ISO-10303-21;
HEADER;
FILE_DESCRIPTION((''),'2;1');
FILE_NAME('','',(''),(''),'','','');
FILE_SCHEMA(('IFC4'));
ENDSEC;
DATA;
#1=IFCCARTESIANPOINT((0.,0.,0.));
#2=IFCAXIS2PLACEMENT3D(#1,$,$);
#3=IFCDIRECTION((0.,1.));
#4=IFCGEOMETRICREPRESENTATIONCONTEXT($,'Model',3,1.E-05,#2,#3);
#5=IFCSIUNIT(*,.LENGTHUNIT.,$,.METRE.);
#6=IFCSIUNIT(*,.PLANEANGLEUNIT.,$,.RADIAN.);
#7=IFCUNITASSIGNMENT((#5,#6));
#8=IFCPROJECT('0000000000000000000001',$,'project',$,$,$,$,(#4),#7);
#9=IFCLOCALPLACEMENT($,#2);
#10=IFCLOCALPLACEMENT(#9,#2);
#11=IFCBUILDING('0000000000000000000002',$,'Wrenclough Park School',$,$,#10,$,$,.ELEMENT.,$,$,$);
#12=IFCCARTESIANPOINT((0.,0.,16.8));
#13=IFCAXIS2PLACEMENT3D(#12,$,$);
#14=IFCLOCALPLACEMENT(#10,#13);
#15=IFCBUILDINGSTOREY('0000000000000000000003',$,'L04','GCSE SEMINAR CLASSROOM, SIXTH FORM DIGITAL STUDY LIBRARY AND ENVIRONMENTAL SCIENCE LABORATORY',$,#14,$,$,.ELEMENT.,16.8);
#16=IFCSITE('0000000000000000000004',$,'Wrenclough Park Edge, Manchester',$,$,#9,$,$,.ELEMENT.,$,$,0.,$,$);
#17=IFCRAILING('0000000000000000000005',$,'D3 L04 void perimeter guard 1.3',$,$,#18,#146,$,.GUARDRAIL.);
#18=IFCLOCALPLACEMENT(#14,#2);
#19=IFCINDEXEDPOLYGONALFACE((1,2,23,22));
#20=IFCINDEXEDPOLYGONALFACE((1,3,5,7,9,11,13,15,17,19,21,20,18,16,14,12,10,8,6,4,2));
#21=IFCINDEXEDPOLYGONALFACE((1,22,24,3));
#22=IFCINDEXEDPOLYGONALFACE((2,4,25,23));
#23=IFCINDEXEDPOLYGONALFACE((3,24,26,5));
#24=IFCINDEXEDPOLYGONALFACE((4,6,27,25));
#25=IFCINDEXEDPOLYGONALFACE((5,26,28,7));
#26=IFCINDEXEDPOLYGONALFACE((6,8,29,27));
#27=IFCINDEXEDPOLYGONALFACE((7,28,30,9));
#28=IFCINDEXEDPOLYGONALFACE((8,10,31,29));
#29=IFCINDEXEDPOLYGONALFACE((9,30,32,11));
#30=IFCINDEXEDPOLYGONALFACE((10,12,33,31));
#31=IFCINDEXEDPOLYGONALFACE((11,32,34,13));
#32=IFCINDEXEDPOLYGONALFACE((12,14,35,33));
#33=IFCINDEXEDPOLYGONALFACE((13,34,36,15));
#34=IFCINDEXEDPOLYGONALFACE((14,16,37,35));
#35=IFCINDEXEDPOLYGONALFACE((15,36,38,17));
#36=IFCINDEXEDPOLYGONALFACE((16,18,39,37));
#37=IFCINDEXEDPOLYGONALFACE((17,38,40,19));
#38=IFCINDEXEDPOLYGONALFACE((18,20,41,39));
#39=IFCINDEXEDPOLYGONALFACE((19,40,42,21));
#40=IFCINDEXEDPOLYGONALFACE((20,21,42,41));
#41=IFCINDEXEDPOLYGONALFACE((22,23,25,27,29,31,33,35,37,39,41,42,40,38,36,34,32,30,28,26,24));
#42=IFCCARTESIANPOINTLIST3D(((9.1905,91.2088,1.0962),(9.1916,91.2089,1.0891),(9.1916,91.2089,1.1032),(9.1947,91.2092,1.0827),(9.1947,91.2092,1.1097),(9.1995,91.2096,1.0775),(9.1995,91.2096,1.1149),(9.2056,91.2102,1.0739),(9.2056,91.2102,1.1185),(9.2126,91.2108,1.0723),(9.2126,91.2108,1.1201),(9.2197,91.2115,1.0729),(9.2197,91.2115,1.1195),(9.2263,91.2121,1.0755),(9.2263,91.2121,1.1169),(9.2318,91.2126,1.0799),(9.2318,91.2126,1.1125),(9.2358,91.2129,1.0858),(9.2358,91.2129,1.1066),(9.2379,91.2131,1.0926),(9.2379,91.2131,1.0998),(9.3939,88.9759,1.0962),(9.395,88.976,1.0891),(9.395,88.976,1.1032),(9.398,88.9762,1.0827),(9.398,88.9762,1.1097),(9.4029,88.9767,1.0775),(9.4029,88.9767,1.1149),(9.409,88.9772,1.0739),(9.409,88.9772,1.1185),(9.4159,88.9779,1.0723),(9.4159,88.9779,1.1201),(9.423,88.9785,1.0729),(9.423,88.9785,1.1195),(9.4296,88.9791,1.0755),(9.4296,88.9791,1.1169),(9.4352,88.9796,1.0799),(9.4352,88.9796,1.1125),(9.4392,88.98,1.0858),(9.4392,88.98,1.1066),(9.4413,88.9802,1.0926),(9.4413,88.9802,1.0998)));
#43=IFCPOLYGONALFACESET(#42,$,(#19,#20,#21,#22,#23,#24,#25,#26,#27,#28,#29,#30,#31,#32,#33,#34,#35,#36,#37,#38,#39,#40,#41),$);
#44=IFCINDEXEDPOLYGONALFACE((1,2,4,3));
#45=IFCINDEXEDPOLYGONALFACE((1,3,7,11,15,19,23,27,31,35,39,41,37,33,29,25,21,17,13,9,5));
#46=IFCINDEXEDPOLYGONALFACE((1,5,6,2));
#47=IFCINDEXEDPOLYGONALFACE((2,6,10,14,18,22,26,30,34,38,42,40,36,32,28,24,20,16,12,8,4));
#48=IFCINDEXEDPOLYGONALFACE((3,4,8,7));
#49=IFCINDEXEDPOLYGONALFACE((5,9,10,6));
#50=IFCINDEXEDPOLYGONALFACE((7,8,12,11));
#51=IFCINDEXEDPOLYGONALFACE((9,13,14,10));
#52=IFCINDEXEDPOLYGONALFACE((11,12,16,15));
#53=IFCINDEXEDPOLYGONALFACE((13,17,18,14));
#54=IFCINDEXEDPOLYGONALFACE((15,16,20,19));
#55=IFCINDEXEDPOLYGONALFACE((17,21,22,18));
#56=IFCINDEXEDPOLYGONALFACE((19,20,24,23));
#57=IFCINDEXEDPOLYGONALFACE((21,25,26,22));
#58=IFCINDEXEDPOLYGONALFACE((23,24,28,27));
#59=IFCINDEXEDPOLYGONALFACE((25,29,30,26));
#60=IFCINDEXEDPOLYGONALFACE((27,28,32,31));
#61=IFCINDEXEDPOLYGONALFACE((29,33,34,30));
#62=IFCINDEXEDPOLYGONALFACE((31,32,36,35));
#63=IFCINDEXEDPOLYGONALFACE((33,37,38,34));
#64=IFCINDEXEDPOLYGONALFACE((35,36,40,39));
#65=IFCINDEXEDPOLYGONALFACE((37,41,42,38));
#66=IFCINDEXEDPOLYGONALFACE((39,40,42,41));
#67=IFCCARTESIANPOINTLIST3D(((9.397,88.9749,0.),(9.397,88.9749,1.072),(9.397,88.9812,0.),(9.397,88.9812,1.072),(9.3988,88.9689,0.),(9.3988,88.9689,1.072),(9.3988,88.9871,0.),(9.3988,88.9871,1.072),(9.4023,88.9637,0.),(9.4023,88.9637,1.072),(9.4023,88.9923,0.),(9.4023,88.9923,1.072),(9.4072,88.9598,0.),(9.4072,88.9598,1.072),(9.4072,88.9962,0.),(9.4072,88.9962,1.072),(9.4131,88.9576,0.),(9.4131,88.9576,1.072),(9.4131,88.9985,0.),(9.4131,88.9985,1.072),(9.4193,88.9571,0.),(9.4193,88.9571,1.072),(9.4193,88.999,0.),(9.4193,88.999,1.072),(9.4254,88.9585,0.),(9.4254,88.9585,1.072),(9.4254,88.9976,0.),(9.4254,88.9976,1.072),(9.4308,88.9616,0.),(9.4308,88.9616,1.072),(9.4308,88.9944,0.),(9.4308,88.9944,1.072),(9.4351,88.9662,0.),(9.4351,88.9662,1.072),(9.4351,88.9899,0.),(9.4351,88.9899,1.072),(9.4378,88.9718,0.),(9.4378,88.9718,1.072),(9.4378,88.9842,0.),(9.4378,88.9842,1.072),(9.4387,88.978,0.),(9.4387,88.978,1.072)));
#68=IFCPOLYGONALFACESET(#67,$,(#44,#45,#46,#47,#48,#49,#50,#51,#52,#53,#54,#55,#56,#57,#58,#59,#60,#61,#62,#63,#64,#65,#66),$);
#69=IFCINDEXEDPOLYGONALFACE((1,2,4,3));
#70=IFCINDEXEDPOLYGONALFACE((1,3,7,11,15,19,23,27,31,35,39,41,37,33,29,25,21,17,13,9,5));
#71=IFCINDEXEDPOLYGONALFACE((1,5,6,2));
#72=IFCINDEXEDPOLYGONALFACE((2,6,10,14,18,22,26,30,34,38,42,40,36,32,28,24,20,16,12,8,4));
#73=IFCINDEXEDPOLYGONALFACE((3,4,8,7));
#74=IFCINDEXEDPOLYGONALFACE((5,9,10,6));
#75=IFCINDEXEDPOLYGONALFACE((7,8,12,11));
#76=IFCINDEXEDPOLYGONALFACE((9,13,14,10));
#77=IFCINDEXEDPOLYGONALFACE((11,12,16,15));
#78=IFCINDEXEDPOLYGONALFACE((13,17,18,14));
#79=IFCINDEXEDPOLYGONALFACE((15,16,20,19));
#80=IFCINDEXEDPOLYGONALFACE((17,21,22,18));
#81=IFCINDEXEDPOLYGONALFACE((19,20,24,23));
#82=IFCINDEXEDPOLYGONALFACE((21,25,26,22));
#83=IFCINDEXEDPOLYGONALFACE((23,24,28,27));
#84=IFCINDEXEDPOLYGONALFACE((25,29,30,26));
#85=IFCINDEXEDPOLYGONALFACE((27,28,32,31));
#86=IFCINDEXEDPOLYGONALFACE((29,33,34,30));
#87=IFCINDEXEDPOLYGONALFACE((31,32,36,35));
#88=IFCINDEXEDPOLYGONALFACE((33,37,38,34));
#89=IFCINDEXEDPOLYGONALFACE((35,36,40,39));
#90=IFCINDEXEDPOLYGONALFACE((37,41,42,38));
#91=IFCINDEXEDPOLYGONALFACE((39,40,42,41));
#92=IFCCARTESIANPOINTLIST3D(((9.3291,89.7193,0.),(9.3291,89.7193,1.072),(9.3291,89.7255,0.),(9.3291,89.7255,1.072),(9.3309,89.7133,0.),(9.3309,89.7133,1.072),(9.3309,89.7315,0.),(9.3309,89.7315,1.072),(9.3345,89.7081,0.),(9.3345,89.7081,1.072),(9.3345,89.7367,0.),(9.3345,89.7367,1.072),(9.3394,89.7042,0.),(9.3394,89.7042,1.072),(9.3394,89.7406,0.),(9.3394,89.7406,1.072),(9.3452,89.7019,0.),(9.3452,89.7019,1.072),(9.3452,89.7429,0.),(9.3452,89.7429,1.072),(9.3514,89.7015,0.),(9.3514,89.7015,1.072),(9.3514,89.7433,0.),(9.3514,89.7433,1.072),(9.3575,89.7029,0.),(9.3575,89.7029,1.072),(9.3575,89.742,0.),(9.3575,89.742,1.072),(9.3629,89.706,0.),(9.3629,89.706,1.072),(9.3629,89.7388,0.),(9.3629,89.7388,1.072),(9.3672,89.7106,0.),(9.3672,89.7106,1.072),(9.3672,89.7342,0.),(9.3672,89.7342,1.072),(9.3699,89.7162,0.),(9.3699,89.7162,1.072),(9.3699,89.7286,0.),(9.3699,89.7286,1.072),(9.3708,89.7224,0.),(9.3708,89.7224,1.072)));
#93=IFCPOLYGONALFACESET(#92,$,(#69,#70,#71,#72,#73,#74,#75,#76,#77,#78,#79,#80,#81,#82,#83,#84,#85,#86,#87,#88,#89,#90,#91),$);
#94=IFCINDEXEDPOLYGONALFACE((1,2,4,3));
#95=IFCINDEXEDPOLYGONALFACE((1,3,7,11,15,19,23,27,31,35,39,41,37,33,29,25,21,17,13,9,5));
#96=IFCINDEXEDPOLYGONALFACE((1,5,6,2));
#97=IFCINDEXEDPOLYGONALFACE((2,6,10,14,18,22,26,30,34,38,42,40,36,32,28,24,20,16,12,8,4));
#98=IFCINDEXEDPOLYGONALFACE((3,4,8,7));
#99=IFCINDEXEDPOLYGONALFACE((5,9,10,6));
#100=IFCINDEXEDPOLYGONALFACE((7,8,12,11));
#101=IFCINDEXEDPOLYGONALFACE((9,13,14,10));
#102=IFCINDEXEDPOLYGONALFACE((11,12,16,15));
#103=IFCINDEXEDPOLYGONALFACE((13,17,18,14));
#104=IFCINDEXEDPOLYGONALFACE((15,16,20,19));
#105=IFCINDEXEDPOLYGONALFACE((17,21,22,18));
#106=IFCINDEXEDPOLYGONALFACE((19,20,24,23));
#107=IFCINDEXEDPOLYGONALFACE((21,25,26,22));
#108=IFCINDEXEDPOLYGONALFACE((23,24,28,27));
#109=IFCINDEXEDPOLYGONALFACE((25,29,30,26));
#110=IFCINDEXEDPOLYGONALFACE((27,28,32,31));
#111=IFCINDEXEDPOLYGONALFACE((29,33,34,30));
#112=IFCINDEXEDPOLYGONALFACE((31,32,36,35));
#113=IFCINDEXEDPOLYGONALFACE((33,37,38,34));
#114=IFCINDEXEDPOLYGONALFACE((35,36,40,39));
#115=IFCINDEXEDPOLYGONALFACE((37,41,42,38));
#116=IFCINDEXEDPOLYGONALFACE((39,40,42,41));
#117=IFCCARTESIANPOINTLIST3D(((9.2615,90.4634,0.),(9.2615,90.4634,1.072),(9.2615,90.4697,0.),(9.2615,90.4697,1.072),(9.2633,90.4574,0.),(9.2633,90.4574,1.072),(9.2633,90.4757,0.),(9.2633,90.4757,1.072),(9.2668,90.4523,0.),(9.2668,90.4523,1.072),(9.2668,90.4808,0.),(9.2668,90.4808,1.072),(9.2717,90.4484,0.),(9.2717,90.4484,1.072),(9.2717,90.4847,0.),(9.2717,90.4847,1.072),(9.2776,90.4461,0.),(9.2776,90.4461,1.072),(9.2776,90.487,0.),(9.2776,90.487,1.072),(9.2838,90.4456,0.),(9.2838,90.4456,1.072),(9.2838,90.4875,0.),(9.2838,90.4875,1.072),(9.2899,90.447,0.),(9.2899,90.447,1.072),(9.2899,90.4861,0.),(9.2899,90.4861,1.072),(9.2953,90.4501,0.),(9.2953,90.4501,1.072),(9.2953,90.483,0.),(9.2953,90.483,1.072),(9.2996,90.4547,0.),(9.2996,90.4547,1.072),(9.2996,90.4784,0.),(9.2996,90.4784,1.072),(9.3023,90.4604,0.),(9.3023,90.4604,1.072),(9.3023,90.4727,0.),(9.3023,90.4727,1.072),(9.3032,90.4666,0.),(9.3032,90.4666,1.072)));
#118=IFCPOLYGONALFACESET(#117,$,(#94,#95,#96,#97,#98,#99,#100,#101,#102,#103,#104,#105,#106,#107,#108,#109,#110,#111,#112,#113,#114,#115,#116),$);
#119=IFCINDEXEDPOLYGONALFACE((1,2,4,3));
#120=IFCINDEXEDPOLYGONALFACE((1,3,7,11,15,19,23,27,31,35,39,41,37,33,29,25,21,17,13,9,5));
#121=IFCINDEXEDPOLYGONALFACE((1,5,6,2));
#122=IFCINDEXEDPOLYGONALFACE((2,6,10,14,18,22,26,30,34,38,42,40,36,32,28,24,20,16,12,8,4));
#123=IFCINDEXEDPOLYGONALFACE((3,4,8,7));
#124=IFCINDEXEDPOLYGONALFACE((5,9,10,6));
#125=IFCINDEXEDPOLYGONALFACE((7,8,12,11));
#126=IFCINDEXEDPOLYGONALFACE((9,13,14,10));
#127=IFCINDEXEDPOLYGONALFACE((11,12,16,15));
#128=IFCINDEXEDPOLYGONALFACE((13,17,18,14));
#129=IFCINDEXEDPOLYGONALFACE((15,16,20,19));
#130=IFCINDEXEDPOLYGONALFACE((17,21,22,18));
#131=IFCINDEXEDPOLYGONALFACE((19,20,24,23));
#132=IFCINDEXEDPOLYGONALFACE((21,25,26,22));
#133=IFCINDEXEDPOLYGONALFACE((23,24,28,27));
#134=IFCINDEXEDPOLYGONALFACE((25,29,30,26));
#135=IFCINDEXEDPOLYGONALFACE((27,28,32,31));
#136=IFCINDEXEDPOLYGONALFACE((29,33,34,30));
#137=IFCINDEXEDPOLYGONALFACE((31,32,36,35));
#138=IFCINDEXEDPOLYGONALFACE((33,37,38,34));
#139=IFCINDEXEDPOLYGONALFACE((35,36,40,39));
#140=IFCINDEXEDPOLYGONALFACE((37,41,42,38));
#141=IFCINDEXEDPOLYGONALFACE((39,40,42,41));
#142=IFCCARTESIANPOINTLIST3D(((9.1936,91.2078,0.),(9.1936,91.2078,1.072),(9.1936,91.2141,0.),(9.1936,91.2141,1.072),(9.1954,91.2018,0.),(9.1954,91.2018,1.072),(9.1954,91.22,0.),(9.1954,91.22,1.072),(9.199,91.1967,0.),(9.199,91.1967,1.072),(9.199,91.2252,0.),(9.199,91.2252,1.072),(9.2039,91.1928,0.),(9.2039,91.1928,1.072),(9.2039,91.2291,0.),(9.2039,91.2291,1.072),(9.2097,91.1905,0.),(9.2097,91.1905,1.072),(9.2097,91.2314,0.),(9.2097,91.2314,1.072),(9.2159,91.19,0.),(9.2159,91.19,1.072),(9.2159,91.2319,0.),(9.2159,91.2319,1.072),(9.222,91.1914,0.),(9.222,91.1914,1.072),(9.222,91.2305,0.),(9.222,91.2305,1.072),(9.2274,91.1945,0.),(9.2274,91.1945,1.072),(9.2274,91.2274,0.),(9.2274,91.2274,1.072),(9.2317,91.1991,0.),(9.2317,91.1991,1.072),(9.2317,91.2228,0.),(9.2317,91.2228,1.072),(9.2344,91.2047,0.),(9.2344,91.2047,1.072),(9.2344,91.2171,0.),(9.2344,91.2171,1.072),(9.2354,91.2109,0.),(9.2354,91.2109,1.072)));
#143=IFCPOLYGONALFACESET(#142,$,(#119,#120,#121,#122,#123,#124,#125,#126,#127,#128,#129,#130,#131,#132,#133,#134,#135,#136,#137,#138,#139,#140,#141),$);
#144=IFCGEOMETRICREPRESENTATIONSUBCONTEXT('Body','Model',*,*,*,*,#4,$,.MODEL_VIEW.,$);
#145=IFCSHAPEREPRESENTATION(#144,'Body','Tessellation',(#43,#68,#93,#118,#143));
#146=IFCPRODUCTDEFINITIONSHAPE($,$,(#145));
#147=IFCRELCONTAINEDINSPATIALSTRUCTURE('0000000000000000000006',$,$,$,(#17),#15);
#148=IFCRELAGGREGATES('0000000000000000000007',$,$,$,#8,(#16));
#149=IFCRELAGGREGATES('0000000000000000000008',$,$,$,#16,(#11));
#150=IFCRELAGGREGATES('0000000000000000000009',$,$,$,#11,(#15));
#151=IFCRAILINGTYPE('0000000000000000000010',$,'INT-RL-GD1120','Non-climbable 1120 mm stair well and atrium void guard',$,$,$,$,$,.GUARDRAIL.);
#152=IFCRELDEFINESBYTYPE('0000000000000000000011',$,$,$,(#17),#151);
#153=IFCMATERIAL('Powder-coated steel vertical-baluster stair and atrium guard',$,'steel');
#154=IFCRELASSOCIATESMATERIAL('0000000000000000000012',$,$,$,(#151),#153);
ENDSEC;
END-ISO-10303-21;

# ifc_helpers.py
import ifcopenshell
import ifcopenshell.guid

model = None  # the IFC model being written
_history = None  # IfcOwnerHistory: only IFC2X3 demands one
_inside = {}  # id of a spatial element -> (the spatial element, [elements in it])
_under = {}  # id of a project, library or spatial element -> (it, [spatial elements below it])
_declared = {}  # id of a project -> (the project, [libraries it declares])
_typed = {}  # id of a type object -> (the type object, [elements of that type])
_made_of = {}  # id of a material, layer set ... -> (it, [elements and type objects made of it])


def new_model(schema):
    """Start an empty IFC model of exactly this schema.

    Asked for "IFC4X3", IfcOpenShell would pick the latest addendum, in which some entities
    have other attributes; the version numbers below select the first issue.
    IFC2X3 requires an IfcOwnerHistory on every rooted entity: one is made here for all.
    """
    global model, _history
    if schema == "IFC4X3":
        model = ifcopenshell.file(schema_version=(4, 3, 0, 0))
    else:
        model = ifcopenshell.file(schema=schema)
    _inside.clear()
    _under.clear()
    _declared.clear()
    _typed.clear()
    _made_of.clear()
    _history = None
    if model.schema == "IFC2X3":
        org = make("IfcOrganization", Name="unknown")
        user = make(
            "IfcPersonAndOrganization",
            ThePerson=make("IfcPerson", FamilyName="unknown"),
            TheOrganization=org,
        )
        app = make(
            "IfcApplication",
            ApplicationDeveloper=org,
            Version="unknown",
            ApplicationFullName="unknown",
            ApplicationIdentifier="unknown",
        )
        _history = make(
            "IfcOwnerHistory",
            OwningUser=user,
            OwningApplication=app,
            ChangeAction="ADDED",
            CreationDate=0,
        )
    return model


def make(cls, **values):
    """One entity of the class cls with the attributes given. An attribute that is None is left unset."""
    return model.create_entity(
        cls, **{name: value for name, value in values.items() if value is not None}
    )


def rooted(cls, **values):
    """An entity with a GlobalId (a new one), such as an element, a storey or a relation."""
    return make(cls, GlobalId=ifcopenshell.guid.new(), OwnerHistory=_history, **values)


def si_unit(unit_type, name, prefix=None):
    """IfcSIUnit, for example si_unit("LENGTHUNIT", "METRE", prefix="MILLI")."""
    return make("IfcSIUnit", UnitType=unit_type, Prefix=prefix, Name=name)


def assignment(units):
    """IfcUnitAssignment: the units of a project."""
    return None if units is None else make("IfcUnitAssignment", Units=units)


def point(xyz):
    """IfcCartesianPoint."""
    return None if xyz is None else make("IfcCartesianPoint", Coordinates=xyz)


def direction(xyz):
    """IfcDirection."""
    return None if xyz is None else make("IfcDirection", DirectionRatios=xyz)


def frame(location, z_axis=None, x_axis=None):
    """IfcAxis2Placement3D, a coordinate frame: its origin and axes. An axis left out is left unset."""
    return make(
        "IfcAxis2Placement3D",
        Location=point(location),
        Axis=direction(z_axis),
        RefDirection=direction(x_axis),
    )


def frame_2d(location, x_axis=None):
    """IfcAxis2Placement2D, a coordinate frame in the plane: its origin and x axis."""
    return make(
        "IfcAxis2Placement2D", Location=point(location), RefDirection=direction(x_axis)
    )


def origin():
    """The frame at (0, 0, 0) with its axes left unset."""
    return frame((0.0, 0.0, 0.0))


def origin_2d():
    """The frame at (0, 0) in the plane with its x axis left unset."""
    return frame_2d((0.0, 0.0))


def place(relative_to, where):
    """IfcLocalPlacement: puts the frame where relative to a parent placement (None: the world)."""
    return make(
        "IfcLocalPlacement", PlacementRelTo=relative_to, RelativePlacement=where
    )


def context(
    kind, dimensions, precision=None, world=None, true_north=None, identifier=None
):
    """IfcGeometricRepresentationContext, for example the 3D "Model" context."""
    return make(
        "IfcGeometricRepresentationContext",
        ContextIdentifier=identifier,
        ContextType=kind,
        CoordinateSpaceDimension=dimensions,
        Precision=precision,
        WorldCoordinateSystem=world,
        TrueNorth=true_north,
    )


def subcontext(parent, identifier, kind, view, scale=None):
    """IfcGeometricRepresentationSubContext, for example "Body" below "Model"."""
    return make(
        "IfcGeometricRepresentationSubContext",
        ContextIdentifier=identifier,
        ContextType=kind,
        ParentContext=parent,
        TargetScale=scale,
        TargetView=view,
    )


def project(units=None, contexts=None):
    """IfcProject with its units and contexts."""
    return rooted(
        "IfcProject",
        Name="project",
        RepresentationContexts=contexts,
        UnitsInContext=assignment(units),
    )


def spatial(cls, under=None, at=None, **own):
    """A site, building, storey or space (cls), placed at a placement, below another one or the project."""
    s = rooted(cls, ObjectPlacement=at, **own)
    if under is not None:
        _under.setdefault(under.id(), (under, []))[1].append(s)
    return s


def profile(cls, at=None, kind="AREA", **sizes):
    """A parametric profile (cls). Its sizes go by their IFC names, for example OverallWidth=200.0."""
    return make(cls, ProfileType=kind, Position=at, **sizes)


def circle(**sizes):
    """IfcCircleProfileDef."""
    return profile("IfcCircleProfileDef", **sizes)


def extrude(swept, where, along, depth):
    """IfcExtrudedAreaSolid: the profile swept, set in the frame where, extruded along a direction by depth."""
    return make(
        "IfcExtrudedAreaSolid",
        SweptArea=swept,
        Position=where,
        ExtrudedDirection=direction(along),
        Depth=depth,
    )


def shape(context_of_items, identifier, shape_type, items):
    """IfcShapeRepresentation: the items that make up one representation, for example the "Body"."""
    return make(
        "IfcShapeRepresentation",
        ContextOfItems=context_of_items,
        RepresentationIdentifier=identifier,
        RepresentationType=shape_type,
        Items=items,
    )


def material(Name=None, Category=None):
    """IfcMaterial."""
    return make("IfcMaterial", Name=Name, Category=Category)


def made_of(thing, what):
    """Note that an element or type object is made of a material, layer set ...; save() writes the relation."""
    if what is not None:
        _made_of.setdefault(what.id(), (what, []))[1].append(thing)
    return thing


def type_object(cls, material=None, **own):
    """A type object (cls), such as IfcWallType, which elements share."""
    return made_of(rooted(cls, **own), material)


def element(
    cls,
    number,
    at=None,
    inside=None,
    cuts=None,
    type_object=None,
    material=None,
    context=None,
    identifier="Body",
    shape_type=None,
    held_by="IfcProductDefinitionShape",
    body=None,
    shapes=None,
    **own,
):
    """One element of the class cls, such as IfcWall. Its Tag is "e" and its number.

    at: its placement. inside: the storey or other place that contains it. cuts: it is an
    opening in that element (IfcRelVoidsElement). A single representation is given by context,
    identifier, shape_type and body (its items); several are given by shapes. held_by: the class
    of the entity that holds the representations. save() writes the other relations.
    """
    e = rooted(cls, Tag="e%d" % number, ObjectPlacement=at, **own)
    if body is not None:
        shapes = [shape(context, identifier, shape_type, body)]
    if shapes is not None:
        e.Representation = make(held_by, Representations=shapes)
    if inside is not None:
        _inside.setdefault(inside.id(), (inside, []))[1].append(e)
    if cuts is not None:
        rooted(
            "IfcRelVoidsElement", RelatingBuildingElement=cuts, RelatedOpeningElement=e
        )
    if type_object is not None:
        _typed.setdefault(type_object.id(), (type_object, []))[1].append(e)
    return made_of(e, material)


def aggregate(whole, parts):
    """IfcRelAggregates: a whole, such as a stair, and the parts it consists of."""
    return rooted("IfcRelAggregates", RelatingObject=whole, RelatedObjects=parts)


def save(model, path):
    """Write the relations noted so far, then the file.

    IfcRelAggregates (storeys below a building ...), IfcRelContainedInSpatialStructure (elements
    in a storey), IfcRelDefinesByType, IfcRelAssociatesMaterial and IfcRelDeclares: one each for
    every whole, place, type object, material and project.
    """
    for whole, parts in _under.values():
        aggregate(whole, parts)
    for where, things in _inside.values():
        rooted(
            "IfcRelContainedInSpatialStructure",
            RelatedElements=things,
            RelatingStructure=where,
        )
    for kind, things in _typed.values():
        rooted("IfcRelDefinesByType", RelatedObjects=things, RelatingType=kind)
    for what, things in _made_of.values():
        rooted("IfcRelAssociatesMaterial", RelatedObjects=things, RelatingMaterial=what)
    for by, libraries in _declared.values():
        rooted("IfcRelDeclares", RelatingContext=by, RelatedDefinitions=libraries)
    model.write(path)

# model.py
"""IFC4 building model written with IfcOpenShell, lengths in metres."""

from ifc_helpers import new_model, si_unit, direction, frame, origin, origin_2d, place, context, subcontext, project, spatial, circle, extrude, material, type_object, element, save


model = new_model("IFC4")

# Units and contexts
model_context = context("Model", 3, precision=1e-05, world=origin(), true_north=direction((0.0, 1.0)))
body_context = subcontext(model_context, "Body", "Model", "MODEL_VIEW")
ifc_project = project(units=[si_unit("LENGTHUNIT", "METRE"), si_unit("PLANEANGLEUNIT", "RADIAN")], contexts=[model_context])

# Site, building, storey
site_placement = place(None, origin())
site = spatial("IfcSite", under=ifc_project, at=site_placement, Name="Wrenclough Park Edge, Manchester", CompositionType="ELEMENT", RefElevation=0.0)
building_placement = place(site_placement, origin())
building = spatial("IfcBuilding", under=site, at=building_placement, Name="Wrenclough Park School", CompositionType="ELEMENT")
storey_placement = place(building_placement, frame((0.0, 0.0, 16.8)))
storey = spatial("IfcBuildingStorey", under=building, at=storey_placement, Name="L04", Description="GCSE SEMINAR CLASSROOM, SIXTH FORM DIGITAL STUDY LIBRARY AND ENVIRONMENTAL SCIENCE LABORATORY", CompositionType="ELEMENT", Elevation=16.8)

# Railing
ifc_material_1 = material(Name="Powder-coated steel vertical-baluster stair and atrium guard", Category="steel")
railing_type = type_object("IfcRailingType", Name="INT-RL-GD1120", Description="Non-climbable 1120 mm stair well and atrium void guard", PredefinedType="GUARDRAIL", material=ifc_material_1)
railing_1_placement = place(storey_placement, frame((9.4177, 88.978, 0.0)))
element("IfcRailing", 1, at=railing_1_placement, inside=storey, type_object=railing_type, Name="D3 L04 void perimeter guard 1.3", PredefinedType="GUARDRAIL", context=body_context, shape_type="SweptSolid", body=[
    extrude(circle(Radius=0.0239, at=origin_2d()), frame((0.0, 0.0, 1.0962), z_axis=(-0.090703, 0.995878, 0.0), x_axis=(-0.995878, -0.090703, 0.0)), (0.0, 0.0, 1.0), 2.2422),
    extrude(circle(Radius=0.021, at=origin_2d()), origin(), (0.0, 0.0, 1.0), 1.072),
    extrude(circle(Radius=0.021, at=origin_2d()), frame((-0.0679, 0.7444, 0.0)), (0.0, 0.0, 1.0), 1.072),
    extrude(circle(Radius=0.021, at=origin_2d()), frame((-0.1355, 1.4885, 0.0)), (0.0, 0.0, 1.0), 1.072),
    extrude(circle(Radius=0.021, at=origin_2d()), frame((-0.2034, 2.2329, 0.0)), (0.0, 0.0, 1.0), 1.072),
])

save(model, "model.ifc")
